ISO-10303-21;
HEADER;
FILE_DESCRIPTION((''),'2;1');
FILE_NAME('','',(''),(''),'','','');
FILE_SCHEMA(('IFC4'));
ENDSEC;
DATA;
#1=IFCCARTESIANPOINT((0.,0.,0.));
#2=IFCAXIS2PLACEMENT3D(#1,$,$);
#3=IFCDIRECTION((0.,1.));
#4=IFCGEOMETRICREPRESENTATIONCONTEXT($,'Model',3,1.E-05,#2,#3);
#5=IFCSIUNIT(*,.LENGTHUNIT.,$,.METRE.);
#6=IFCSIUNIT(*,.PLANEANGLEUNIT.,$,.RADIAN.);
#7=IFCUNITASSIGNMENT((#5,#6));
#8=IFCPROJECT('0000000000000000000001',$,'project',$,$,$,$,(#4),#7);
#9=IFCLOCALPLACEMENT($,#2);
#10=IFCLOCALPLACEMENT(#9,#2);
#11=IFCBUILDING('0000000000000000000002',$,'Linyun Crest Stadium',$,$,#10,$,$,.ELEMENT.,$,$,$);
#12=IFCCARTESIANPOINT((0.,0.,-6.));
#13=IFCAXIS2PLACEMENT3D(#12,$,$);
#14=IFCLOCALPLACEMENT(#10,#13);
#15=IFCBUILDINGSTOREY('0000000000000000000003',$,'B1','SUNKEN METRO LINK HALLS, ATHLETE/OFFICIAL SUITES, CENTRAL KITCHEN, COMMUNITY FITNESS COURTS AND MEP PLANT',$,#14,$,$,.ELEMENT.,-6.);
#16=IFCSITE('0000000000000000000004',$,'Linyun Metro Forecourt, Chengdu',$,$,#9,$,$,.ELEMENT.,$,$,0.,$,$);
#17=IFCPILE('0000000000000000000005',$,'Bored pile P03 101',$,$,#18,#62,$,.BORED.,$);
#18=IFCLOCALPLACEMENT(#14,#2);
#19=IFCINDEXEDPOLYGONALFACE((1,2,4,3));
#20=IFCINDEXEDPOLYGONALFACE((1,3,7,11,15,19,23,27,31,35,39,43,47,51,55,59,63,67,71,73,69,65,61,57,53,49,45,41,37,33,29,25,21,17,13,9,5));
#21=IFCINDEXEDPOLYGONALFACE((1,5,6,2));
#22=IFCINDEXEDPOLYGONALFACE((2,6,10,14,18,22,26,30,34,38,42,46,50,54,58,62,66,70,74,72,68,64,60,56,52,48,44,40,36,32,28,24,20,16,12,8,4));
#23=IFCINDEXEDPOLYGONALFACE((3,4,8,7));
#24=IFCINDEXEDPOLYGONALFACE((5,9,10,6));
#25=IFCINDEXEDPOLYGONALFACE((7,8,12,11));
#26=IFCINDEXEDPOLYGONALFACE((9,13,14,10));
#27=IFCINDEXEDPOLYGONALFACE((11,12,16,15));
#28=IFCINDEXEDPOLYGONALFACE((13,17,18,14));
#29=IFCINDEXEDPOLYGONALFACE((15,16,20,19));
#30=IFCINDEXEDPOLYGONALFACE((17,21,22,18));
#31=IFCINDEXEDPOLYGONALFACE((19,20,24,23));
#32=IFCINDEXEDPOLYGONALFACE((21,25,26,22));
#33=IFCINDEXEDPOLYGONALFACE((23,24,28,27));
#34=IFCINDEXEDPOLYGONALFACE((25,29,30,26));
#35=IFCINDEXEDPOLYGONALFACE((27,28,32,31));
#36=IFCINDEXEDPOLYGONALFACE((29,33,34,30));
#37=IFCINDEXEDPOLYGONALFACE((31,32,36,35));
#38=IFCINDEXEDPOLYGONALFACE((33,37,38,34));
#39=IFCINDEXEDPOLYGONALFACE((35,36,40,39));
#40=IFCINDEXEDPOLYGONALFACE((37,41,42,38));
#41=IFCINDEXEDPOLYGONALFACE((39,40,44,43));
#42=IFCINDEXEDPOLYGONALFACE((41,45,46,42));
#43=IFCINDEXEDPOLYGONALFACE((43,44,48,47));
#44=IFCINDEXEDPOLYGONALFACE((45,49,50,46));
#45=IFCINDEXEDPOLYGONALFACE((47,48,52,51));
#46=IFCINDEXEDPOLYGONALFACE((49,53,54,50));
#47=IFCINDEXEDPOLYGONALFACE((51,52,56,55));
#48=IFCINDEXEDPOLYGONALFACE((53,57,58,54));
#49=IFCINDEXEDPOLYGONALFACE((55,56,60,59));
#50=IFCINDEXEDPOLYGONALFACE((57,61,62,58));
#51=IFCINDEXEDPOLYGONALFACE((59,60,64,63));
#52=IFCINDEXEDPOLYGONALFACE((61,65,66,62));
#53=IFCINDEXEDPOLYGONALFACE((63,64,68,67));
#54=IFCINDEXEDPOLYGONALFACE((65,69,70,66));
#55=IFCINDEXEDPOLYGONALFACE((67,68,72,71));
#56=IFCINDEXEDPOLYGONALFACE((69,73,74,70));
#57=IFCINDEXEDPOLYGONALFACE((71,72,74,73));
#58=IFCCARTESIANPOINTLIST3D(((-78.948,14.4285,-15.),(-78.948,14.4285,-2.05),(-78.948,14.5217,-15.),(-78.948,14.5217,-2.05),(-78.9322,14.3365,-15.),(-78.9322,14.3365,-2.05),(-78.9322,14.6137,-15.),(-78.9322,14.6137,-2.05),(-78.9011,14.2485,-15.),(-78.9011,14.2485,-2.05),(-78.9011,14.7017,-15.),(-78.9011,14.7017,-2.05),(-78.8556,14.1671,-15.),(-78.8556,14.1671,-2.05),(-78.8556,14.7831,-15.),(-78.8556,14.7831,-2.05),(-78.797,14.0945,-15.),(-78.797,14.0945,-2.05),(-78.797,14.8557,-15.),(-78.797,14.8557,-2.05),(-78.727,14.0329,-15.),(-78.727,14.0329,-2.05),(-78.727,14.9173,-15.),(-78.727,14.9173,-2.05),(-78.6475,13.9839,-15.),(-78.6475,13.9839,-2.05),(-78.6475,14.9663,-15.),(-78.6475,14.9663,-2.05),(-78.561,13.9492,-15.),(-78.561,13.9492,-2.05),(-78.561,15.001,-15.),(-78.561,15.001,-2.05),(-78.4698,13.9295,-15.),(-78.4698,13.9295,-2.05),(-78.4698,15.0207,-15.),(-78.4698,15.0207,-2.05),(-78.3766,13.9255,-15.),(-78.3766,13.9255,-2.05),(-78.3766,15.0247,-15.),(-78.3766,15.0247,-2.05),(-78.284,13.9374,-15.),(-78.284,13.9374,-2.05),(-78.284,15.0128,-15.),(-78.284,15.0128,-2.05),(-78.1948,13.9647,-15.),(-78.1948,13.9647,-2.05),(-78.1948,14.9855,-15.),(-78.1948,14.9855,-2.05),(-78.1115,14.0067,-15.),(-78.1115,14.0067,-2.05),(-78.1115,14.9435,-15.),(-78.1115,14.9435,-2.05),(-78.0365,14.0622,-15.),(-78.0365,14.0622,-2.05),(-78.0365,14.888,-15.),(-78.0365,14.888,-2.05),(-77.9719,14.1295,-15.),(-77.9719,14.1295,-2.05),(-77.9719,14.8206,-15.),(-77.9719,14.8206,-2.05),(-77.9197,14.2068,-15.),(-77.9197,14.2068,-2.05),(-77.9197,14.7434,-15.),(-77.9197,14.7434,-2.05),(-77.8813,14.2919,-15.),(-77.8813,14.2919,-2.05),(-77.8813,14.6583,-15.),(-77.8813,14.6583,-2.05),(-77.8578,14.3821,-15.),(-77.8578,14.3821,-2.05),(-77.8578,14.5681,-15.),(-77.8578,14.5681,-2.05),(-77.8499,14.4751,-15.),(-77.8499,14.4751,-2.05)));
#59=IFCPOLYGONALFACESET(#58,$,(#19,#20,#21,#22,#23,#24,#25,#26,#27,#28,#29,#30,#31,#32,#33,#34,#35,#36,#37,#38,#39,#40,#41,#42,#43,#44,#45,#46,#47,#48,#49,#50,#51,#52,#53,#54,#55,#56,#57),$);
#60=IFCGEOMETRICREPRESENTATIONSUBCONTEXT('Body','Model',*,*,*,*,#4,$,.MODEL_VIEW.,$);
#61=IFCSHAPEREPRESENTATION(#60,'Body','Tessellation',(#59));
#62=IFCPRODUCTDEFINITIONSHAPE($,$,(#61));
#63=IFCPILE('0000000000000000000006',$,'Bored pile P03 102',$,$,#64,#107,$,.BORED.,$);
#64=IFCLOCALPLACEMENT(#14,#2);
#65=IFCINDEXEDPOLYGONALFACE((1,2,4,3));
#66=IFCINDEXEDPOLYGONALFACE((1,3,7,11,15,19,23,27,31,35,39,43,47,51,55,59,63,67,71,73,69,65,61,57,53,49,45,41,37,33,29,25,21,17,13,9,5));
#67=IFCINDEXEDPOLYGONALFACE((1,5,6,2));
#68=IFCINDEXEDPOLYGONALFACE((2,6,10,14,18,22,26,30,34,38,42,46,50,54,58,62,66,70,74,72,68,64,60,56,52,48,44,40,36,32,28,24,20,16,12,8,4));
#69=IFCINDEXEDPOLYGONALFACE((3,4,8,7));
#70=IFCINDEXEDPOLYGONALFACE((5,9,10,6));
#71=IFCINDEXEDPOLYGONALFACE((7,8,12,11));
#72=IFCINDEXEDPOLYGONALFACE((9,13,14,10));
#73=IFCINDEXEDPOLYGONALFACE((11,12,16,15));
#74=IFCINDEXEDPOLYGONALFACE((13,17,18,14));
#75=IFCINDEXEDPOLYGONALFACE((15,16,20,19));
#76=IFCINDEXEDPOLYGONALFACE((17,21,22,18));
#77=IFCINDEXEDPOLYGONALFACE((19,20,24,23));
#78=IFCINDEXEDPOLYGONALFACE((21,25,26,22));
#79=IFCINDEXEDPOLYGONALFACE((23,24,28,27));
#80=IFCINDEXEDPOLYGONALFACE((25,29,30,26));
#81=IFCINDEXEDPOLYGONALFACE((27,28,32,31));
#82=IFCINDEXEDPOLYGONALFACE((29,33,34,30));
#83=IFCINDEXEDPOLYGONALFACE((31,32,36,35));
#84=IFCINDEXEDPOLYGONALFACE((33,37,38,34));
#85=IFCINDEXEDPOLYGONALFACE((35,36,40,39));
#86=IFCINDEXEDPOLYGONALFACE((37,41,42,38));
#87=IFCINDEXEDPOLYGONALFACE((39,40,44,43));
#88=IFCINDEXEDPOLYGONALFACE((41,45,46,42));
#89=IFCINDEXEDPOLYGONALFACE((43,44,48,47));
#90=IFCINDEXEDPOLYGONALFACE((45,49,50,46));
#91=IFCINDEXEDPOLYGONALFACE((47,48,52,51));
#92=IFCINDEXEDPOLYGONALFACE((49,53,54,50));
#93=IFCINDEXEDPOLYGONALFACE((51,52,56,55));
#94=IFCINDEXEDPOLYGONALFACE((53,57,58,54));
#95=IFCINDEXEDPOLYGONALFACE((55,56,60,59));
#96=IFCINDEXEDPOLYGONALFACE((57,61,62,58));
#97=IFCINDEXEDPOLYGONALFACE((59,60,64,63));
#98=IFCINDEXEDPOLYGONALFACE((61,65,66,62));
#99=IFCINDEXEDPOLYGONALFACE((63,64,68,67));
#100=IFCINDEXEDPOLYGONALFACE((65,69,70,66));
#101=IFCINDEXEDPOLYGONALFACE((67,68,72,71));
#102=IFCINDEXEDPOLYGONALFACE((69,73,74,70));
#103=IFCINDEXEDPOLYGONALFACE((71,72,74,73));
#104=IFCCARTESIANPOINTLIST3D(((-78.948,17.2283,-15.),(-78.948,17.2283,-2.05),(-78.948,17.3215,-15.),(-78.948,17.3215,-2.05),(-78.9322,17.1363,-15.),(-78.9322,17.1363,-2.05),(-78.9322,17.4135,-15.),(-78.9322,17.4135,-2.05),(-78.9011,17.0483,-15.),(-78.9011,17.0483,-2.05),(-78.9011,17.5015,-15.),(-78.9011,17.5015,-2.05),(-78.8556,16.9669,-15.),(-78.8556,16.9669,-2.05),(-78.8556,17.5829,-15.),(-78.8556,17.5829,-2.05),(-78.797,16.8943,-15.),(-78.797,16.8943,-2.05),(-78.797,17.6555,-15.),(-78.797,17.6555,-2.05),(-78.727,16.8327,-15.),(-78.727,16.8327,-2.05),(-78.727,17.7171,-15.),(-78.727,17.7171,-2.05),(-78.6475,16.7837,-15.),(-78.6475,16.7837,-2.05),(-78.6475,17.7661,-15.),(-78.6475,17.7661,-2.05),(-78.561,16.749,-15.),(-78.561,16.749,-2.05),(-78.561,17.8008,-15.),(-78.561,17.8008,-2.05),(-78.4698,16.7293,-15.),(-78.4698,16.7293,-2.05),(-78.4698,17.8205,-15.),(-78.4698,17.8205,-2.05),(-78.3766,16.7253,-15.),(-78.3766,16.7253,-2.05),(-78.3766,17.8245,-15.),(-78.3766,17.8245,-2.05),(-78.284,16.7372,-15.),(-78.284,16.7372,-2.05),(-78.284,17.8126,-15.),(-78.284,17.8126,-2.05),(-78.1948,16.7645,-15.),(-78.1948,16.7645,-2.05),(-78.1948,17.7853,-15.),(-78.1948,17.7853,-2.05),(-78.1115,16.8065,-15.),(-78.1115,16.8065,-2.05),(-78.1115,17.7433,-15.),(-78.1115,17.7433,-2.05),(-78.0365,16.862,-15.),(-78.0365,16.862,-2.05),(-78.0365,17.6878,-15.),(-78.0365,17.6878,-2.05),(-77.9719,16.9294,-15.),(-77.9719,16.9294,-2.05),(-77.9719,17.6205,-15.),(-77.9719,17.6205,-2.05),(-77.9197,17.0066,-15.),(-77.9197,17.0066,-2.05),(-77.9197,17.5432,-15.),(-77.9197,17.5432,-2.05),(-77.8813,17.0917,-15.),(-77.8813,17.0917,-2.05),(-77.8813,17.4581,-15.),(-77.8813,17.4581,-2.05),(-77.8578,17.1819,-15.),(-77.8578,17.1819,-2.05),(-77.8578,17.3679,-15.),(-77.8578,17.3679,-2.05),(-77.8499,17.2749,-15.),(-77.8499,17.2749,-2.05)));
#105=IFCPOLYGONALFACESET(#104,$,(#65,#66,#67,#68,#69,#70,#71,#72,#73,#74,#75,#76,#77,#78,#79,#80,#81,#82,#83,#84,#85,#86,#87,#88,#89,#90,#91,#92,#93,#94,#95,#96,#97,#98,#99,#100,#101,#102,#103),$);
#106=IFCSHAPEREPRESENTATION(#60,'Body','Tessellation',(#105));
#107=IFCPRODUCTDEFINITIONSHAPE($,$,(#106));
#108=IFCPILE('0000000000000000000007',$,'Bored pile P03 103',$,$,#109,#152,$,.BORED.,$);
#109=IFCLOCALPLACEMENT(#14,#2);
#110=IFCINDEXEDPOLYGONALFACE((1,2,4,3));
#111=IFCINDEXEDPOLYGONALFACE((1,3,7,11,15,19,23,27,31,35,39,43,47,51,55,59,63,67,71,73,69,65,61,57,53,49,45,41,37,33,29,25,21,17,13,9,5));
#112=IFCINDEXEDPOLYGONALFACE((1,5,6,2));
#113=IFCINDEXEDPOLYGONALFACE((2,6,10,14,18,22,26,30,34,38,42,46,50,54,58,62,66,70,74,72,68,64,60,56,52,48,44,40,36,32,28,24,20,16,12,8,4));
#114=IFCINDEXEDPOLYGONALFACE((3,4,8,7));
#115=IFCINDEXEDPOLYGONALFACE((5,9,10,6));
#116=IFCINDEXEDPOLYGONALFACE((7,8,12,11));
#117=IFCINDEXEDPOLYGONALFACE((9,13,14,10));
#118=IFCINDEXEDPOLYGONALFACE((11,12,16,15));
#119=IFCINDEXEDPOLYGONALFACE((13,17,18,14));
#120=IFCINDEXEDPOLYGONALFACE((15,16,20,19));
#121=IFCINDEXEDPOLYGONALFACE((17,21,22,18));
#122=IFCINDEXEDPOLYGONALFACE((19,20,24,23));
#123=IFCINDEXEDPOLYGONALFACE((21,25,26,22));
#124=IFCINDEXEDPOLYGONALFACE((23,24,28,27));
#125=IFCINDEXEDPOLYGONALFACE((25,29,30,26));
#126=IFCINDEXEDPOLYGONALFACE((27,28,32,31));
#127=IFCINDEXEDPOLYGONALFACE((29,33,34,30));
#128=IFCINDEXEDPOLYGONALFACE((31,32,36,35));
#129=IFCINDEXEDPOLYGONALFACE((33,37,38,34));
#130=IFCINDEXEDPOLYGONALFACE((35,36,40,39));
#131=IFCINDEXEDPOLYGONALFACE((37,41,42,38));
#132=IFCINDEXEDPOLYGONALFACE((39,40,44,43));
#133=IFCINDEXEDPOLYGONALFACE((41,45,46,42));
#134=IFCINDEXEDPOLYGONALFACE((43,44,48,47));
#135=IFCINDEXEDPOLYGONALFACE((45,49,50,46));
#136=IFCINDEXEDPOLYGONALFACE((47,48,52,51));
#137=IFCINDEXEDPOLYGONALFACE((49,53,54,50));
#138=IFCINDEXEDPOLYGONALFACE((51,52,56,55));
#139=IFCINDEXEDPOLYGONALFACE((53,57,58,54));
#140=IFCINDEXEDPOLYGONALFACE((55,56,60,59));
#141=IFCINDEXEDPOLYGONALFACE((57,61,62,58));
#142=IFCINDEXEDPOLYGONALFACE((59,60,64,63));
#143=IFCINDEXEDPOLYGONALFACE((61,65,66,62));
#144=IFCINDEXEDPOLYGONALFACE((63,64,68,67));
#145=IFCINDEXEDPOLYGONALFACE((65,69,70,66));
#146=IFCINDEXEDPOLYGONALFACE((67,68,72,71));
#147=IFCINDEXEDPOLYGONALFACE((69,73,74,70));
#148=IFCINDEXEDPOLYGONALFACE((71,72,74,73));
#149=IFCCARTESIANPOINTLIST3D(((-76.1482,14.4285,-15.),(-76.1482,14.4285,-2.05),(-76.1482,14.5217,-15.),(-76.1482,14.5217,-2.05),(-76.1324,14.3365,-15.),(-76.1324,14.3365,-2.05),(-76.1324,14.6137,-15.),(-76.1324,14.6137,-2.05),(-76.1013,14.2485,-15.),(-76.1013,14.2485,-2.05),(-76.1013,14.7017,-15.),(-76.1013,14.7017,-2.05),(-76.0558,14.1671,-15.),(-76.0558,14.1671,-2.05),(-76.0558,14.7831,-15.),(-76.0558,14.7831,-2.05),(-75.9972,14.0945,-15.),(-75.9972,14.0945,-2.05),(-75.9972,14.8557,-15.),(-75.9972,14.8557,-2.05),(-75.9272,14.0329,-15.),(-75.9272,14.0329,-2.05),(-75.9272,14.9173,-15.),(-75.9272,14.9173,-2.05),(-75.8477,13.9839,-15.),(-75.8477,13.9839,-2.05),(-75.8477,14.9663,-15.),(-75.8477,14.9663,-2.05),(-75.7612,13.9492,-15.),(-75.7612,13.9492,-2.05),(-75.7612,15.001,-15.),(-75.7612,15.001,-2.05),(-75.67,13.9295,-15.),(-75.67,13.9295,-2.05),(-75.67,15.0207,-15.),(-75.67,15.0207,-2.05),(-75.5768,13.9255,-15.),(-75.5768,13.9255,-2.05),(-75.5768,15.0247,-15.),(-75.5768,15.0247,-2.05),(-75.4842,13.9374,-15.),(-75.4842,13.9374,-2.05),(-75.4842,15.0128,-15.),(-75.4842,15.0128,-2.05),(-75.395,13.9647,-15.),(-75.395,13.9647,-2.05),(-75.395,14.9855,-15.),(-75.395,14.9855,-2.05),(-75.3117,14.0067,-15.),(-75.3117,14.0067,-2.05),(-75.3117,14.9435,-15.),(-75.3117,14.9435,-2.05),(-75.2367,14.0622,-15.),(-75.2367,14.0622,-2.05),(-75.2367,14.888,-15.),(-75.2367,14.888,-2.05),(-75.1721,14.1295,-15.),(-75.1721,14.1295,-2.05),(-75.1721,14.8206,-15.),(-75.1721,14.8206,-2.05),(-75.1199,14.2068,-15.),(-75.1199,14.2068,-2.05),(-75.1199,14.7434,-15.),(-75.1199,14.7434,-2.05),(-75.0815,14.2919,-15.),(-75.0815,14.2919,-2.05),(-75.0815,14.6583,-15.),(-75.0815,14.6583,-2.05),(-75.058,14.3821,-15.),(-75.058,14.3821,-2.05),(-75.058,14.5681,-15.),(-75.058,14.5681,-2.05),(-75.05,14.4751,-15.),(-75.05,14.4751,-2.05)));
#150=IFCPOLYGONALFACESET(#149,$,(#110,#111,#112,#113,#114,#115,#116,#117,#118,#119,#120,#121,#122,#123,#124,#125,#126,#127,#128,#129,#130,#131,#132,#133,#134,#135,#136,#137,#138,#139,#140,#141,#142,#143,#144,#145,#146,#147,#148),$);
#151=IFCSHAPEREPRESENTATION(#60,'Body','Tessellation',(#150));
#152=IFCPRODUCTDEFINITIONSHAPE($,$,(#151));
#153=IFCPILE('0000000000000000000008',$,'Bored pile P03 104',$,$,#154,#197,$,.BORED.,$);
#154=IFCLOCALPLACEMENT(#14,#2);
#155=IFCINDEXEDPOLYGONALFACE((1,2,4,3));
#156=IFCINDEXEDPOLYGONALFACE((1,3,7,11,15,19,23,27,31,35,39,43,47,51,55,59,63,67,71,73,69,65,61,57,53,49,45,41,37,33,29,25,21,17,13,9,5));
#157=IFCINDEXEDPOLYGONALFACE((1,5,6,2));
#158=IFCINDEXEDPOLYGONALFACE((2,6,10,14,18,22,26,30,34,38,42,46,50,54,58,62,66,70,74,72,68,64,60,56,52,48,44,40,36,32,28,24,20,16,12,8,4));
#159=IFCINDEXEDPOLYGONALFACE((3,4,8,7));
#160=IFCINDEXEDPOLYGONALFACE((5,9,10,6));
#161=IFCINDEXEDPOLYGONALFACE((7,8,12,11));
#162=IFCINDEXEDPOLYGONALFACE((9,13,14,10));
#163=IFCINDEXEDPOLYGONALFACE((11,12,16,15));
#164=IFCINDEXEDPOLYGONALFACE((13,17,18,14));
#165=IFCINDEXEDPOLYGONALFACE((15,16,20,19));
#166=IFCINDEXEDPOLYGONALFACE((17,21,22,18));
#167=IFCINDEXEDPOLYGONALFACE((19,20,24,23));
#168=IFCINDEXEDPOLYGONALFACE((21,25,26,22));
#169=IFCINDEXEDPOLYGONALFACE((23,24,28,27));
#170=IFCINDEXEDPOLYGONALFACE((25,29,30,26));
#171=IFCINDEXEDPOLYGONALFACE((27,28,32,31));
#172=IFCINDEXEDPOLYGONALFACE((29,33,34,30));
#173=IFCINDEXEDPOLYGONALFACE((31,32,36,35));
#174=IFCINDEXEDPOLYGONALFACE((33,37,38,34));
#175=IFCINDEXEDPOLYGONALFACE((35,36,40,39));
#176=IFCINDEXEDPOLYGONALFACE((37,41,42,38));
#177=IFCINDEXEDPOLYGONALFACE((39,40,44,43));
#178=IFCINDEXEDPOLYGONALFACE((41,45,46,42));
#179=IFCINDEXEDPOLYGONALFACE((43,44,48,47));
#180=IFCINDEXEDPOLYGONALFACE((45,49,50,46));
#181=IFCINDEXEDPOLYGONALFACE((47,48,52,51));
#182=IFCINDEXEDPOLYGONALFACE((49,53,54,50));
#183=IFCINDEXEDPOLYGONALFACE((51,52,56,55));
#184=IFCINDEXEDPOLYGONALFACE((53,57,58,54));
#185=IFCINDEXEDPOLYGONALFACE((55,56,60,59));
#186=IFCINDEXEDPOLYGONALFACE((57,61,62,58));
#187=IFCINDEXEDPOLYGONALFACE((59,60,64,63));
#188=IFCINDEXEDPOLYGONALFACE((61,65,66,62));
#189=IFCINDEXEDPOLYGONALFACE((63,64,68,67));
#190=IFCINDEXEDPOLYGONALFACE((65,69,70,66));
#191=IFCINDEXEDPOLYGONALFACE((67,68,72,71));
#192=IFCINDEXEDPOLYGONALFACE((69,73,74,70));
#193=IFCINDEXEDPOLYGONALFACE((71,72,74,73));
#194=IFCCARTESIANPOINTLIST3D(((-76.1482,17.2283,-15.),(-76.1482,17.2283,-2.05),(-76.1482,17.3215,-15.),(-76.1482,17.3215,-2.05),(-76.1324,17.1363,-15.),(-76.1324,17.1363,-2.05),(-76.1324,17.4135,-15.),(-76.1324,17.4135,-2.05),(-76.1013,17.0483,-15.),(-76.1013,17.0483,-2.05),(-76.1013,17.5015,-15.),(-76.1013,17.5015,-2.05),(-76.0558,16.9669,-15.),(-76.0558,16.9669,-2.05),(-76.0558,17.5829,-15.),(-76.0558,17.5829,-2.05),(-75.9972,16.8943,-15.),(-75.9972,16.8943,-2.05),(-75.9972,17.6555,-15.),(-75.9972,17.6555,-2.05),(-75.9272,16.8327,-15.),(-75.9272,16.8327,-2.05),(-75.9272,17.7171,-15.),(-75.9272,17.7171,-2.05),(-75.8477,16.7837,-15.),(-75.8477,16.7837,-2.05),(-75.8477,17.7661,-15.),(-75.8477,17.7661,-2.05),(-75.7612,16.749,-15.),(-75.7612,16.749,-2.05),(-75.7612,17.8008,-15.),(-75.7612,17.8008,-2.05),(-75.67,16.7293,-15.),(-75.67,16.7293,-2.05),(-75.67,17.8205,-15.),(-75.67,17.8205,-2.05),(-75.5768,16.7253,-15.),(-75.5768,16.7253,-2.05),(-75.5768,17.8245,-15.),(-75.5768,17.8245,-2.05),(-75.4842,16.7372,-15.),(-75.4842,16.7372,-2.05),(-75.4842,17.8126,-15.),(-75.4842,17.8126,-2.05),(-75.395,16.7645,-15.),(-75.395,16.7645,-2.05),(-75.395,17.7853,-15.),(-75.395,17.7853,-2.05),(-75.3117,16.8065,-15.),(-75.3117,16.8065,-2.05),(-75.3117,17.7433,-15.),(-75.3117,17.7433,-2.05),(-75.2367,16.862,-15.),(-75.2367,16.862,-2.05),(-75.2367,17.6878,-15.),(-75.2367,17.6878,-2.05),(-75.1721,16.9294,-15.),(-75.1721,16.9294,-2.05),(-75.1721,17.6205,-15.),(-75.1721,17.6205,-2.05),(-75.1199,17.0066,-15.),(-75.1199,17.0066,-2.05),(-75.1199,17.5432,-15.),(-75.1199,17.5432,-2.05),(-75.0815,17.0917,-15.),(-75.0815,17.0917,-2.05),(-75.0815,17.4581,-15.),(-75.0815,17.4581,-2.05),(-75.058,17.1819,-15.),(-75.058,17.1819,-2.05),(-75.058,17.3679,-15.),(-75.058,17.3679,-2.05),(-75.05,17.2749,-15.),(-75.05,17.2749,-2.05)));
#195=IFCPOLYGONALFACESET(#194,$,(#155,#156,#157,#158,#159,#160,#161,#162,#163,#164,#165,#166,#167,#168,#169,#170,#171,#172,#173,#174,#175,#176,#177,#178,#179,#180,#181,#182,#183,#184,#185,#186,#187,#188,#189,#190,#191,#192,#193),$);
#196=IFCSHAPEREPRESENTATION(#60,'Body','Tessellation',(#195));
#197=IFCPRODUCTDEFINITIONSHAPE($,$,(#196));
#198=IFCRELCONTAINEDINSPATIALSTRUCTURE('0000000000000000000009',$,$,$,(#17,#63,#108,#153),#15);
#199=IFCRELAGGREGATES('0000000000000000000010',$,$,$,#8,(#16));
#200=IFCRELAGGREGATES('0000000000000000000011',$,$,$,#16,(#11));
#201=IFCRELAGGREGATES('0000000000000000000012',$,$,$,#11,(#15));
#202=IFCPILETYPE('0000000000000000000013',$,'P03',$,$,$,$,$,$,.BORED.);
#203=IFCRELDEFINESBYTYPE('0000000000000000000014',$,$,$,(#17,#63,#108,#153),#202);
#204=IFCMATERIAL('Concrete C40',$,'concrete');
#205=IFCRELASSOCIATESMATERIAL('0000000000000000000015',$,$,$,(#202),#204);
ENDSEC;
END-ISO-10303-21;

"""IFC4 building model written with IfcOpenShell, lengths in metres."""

from ifc_helpers import new_model, si_unit, direction, frame, origin, origin_2d, place, context, subcontext, project, spatial, circle, extrude, material, material_profile, profile_set, type_object, element, save


model = new_model("IFC4")

# Units and contexts
model_context = context("Model", 3, precision=1e-05, world=origin(), true_north=direction((0.0, 1.0)))
body_context = subcontext(model_context, "Body", "Model", "MODEL_VIEW")
ifc_project = project(units=[si_unit("LENGTHUNIT", "METRE"), si_unit("PLANEANGLEUNIT", "RADIAN")], contexts=[model_context])

# Site, building, storey
site_placement = place(None, origin())
site = spatial("IfcSite", under=ifc_project, at=site_placement, Name="Linyun Metro Forecourt, Chengdu", CompositionType="ELEMENT", RefElevation=0.0)
building_placement = place(site_placement, origin())
building = spatial("IfcBuilding", under=site, at=building_placement, Name="Linyun Crest Stadium", CompositionType="ELEMENT")
storey_placement = place(building_placement, frame((0.0, 0.0, -6.0)))
storey = spatial("IfcBuildingStorey", under=building, at=storey_placement, Name="B1", Description="SUNKEN METRO LINK HALLS, ATHLETE/OFFICIAL SUITES, CENTRAL KITCHEN, COMMUNITY FITNESS COURTS AND MEP PLANT", CompositionType="ELEMENT", Elevation=-6.0)

# Piles
ifc_material_1 = material(Name="Concrete C40", Category="concrete")
ifc_material_profile_1 = material_profile(ifc_material_1, circle(Radius=0.55, at=origin_2d()), Name="BORED PILE 1100")
ifc_profile_set_1 = profile_set([ifc_material_profile_1], Name="Concrete C40")
pile_type_1 = type_object("IfcPileType", Name="P03", PredefinedType="BORED", material=ifc_profile_set_1)
for number, where, z_axis, x_axis, name in (
    (1, (-78.3999, 14.4751, -2.05), (0.0, 0.0, -1.0), (1.0, 0.0, 0.0), "Bored pile P03 101"),
    (2, (-78.3999, 17.2749, -2.05), (0.0, 0.0, -1.0), (1.0, 0.0, 0.0), "Bored pile P03 102"),
    (3, (-75.6001, 14.4751, -2.05), (0.0, 0.0, -1.0), (1.0, 0.0, 0.0), "Bored pile P03 103"),
    (4, (-75.6001, 17.2749, -2.05), (0.0, 0.0, -1.0), (1.0, 0.0, 0.0), "Bored pile P03 104"),
):
    element("IfcPile", number, at=place(storey_placement, frame(where, z_axis=z_axis, x_axis=x_axis)), inside=storey, type_object=pile_type_1, Name=name, PredefinedType="BORED", context=body_context, shape_type="SweptSolid", body=[
        extrude(circle(Radius=0.55, at=origin_2d()), origin(), (0.0, 0.0, 1.0), 12.95),
    ])

save(model, "model.ifc")
